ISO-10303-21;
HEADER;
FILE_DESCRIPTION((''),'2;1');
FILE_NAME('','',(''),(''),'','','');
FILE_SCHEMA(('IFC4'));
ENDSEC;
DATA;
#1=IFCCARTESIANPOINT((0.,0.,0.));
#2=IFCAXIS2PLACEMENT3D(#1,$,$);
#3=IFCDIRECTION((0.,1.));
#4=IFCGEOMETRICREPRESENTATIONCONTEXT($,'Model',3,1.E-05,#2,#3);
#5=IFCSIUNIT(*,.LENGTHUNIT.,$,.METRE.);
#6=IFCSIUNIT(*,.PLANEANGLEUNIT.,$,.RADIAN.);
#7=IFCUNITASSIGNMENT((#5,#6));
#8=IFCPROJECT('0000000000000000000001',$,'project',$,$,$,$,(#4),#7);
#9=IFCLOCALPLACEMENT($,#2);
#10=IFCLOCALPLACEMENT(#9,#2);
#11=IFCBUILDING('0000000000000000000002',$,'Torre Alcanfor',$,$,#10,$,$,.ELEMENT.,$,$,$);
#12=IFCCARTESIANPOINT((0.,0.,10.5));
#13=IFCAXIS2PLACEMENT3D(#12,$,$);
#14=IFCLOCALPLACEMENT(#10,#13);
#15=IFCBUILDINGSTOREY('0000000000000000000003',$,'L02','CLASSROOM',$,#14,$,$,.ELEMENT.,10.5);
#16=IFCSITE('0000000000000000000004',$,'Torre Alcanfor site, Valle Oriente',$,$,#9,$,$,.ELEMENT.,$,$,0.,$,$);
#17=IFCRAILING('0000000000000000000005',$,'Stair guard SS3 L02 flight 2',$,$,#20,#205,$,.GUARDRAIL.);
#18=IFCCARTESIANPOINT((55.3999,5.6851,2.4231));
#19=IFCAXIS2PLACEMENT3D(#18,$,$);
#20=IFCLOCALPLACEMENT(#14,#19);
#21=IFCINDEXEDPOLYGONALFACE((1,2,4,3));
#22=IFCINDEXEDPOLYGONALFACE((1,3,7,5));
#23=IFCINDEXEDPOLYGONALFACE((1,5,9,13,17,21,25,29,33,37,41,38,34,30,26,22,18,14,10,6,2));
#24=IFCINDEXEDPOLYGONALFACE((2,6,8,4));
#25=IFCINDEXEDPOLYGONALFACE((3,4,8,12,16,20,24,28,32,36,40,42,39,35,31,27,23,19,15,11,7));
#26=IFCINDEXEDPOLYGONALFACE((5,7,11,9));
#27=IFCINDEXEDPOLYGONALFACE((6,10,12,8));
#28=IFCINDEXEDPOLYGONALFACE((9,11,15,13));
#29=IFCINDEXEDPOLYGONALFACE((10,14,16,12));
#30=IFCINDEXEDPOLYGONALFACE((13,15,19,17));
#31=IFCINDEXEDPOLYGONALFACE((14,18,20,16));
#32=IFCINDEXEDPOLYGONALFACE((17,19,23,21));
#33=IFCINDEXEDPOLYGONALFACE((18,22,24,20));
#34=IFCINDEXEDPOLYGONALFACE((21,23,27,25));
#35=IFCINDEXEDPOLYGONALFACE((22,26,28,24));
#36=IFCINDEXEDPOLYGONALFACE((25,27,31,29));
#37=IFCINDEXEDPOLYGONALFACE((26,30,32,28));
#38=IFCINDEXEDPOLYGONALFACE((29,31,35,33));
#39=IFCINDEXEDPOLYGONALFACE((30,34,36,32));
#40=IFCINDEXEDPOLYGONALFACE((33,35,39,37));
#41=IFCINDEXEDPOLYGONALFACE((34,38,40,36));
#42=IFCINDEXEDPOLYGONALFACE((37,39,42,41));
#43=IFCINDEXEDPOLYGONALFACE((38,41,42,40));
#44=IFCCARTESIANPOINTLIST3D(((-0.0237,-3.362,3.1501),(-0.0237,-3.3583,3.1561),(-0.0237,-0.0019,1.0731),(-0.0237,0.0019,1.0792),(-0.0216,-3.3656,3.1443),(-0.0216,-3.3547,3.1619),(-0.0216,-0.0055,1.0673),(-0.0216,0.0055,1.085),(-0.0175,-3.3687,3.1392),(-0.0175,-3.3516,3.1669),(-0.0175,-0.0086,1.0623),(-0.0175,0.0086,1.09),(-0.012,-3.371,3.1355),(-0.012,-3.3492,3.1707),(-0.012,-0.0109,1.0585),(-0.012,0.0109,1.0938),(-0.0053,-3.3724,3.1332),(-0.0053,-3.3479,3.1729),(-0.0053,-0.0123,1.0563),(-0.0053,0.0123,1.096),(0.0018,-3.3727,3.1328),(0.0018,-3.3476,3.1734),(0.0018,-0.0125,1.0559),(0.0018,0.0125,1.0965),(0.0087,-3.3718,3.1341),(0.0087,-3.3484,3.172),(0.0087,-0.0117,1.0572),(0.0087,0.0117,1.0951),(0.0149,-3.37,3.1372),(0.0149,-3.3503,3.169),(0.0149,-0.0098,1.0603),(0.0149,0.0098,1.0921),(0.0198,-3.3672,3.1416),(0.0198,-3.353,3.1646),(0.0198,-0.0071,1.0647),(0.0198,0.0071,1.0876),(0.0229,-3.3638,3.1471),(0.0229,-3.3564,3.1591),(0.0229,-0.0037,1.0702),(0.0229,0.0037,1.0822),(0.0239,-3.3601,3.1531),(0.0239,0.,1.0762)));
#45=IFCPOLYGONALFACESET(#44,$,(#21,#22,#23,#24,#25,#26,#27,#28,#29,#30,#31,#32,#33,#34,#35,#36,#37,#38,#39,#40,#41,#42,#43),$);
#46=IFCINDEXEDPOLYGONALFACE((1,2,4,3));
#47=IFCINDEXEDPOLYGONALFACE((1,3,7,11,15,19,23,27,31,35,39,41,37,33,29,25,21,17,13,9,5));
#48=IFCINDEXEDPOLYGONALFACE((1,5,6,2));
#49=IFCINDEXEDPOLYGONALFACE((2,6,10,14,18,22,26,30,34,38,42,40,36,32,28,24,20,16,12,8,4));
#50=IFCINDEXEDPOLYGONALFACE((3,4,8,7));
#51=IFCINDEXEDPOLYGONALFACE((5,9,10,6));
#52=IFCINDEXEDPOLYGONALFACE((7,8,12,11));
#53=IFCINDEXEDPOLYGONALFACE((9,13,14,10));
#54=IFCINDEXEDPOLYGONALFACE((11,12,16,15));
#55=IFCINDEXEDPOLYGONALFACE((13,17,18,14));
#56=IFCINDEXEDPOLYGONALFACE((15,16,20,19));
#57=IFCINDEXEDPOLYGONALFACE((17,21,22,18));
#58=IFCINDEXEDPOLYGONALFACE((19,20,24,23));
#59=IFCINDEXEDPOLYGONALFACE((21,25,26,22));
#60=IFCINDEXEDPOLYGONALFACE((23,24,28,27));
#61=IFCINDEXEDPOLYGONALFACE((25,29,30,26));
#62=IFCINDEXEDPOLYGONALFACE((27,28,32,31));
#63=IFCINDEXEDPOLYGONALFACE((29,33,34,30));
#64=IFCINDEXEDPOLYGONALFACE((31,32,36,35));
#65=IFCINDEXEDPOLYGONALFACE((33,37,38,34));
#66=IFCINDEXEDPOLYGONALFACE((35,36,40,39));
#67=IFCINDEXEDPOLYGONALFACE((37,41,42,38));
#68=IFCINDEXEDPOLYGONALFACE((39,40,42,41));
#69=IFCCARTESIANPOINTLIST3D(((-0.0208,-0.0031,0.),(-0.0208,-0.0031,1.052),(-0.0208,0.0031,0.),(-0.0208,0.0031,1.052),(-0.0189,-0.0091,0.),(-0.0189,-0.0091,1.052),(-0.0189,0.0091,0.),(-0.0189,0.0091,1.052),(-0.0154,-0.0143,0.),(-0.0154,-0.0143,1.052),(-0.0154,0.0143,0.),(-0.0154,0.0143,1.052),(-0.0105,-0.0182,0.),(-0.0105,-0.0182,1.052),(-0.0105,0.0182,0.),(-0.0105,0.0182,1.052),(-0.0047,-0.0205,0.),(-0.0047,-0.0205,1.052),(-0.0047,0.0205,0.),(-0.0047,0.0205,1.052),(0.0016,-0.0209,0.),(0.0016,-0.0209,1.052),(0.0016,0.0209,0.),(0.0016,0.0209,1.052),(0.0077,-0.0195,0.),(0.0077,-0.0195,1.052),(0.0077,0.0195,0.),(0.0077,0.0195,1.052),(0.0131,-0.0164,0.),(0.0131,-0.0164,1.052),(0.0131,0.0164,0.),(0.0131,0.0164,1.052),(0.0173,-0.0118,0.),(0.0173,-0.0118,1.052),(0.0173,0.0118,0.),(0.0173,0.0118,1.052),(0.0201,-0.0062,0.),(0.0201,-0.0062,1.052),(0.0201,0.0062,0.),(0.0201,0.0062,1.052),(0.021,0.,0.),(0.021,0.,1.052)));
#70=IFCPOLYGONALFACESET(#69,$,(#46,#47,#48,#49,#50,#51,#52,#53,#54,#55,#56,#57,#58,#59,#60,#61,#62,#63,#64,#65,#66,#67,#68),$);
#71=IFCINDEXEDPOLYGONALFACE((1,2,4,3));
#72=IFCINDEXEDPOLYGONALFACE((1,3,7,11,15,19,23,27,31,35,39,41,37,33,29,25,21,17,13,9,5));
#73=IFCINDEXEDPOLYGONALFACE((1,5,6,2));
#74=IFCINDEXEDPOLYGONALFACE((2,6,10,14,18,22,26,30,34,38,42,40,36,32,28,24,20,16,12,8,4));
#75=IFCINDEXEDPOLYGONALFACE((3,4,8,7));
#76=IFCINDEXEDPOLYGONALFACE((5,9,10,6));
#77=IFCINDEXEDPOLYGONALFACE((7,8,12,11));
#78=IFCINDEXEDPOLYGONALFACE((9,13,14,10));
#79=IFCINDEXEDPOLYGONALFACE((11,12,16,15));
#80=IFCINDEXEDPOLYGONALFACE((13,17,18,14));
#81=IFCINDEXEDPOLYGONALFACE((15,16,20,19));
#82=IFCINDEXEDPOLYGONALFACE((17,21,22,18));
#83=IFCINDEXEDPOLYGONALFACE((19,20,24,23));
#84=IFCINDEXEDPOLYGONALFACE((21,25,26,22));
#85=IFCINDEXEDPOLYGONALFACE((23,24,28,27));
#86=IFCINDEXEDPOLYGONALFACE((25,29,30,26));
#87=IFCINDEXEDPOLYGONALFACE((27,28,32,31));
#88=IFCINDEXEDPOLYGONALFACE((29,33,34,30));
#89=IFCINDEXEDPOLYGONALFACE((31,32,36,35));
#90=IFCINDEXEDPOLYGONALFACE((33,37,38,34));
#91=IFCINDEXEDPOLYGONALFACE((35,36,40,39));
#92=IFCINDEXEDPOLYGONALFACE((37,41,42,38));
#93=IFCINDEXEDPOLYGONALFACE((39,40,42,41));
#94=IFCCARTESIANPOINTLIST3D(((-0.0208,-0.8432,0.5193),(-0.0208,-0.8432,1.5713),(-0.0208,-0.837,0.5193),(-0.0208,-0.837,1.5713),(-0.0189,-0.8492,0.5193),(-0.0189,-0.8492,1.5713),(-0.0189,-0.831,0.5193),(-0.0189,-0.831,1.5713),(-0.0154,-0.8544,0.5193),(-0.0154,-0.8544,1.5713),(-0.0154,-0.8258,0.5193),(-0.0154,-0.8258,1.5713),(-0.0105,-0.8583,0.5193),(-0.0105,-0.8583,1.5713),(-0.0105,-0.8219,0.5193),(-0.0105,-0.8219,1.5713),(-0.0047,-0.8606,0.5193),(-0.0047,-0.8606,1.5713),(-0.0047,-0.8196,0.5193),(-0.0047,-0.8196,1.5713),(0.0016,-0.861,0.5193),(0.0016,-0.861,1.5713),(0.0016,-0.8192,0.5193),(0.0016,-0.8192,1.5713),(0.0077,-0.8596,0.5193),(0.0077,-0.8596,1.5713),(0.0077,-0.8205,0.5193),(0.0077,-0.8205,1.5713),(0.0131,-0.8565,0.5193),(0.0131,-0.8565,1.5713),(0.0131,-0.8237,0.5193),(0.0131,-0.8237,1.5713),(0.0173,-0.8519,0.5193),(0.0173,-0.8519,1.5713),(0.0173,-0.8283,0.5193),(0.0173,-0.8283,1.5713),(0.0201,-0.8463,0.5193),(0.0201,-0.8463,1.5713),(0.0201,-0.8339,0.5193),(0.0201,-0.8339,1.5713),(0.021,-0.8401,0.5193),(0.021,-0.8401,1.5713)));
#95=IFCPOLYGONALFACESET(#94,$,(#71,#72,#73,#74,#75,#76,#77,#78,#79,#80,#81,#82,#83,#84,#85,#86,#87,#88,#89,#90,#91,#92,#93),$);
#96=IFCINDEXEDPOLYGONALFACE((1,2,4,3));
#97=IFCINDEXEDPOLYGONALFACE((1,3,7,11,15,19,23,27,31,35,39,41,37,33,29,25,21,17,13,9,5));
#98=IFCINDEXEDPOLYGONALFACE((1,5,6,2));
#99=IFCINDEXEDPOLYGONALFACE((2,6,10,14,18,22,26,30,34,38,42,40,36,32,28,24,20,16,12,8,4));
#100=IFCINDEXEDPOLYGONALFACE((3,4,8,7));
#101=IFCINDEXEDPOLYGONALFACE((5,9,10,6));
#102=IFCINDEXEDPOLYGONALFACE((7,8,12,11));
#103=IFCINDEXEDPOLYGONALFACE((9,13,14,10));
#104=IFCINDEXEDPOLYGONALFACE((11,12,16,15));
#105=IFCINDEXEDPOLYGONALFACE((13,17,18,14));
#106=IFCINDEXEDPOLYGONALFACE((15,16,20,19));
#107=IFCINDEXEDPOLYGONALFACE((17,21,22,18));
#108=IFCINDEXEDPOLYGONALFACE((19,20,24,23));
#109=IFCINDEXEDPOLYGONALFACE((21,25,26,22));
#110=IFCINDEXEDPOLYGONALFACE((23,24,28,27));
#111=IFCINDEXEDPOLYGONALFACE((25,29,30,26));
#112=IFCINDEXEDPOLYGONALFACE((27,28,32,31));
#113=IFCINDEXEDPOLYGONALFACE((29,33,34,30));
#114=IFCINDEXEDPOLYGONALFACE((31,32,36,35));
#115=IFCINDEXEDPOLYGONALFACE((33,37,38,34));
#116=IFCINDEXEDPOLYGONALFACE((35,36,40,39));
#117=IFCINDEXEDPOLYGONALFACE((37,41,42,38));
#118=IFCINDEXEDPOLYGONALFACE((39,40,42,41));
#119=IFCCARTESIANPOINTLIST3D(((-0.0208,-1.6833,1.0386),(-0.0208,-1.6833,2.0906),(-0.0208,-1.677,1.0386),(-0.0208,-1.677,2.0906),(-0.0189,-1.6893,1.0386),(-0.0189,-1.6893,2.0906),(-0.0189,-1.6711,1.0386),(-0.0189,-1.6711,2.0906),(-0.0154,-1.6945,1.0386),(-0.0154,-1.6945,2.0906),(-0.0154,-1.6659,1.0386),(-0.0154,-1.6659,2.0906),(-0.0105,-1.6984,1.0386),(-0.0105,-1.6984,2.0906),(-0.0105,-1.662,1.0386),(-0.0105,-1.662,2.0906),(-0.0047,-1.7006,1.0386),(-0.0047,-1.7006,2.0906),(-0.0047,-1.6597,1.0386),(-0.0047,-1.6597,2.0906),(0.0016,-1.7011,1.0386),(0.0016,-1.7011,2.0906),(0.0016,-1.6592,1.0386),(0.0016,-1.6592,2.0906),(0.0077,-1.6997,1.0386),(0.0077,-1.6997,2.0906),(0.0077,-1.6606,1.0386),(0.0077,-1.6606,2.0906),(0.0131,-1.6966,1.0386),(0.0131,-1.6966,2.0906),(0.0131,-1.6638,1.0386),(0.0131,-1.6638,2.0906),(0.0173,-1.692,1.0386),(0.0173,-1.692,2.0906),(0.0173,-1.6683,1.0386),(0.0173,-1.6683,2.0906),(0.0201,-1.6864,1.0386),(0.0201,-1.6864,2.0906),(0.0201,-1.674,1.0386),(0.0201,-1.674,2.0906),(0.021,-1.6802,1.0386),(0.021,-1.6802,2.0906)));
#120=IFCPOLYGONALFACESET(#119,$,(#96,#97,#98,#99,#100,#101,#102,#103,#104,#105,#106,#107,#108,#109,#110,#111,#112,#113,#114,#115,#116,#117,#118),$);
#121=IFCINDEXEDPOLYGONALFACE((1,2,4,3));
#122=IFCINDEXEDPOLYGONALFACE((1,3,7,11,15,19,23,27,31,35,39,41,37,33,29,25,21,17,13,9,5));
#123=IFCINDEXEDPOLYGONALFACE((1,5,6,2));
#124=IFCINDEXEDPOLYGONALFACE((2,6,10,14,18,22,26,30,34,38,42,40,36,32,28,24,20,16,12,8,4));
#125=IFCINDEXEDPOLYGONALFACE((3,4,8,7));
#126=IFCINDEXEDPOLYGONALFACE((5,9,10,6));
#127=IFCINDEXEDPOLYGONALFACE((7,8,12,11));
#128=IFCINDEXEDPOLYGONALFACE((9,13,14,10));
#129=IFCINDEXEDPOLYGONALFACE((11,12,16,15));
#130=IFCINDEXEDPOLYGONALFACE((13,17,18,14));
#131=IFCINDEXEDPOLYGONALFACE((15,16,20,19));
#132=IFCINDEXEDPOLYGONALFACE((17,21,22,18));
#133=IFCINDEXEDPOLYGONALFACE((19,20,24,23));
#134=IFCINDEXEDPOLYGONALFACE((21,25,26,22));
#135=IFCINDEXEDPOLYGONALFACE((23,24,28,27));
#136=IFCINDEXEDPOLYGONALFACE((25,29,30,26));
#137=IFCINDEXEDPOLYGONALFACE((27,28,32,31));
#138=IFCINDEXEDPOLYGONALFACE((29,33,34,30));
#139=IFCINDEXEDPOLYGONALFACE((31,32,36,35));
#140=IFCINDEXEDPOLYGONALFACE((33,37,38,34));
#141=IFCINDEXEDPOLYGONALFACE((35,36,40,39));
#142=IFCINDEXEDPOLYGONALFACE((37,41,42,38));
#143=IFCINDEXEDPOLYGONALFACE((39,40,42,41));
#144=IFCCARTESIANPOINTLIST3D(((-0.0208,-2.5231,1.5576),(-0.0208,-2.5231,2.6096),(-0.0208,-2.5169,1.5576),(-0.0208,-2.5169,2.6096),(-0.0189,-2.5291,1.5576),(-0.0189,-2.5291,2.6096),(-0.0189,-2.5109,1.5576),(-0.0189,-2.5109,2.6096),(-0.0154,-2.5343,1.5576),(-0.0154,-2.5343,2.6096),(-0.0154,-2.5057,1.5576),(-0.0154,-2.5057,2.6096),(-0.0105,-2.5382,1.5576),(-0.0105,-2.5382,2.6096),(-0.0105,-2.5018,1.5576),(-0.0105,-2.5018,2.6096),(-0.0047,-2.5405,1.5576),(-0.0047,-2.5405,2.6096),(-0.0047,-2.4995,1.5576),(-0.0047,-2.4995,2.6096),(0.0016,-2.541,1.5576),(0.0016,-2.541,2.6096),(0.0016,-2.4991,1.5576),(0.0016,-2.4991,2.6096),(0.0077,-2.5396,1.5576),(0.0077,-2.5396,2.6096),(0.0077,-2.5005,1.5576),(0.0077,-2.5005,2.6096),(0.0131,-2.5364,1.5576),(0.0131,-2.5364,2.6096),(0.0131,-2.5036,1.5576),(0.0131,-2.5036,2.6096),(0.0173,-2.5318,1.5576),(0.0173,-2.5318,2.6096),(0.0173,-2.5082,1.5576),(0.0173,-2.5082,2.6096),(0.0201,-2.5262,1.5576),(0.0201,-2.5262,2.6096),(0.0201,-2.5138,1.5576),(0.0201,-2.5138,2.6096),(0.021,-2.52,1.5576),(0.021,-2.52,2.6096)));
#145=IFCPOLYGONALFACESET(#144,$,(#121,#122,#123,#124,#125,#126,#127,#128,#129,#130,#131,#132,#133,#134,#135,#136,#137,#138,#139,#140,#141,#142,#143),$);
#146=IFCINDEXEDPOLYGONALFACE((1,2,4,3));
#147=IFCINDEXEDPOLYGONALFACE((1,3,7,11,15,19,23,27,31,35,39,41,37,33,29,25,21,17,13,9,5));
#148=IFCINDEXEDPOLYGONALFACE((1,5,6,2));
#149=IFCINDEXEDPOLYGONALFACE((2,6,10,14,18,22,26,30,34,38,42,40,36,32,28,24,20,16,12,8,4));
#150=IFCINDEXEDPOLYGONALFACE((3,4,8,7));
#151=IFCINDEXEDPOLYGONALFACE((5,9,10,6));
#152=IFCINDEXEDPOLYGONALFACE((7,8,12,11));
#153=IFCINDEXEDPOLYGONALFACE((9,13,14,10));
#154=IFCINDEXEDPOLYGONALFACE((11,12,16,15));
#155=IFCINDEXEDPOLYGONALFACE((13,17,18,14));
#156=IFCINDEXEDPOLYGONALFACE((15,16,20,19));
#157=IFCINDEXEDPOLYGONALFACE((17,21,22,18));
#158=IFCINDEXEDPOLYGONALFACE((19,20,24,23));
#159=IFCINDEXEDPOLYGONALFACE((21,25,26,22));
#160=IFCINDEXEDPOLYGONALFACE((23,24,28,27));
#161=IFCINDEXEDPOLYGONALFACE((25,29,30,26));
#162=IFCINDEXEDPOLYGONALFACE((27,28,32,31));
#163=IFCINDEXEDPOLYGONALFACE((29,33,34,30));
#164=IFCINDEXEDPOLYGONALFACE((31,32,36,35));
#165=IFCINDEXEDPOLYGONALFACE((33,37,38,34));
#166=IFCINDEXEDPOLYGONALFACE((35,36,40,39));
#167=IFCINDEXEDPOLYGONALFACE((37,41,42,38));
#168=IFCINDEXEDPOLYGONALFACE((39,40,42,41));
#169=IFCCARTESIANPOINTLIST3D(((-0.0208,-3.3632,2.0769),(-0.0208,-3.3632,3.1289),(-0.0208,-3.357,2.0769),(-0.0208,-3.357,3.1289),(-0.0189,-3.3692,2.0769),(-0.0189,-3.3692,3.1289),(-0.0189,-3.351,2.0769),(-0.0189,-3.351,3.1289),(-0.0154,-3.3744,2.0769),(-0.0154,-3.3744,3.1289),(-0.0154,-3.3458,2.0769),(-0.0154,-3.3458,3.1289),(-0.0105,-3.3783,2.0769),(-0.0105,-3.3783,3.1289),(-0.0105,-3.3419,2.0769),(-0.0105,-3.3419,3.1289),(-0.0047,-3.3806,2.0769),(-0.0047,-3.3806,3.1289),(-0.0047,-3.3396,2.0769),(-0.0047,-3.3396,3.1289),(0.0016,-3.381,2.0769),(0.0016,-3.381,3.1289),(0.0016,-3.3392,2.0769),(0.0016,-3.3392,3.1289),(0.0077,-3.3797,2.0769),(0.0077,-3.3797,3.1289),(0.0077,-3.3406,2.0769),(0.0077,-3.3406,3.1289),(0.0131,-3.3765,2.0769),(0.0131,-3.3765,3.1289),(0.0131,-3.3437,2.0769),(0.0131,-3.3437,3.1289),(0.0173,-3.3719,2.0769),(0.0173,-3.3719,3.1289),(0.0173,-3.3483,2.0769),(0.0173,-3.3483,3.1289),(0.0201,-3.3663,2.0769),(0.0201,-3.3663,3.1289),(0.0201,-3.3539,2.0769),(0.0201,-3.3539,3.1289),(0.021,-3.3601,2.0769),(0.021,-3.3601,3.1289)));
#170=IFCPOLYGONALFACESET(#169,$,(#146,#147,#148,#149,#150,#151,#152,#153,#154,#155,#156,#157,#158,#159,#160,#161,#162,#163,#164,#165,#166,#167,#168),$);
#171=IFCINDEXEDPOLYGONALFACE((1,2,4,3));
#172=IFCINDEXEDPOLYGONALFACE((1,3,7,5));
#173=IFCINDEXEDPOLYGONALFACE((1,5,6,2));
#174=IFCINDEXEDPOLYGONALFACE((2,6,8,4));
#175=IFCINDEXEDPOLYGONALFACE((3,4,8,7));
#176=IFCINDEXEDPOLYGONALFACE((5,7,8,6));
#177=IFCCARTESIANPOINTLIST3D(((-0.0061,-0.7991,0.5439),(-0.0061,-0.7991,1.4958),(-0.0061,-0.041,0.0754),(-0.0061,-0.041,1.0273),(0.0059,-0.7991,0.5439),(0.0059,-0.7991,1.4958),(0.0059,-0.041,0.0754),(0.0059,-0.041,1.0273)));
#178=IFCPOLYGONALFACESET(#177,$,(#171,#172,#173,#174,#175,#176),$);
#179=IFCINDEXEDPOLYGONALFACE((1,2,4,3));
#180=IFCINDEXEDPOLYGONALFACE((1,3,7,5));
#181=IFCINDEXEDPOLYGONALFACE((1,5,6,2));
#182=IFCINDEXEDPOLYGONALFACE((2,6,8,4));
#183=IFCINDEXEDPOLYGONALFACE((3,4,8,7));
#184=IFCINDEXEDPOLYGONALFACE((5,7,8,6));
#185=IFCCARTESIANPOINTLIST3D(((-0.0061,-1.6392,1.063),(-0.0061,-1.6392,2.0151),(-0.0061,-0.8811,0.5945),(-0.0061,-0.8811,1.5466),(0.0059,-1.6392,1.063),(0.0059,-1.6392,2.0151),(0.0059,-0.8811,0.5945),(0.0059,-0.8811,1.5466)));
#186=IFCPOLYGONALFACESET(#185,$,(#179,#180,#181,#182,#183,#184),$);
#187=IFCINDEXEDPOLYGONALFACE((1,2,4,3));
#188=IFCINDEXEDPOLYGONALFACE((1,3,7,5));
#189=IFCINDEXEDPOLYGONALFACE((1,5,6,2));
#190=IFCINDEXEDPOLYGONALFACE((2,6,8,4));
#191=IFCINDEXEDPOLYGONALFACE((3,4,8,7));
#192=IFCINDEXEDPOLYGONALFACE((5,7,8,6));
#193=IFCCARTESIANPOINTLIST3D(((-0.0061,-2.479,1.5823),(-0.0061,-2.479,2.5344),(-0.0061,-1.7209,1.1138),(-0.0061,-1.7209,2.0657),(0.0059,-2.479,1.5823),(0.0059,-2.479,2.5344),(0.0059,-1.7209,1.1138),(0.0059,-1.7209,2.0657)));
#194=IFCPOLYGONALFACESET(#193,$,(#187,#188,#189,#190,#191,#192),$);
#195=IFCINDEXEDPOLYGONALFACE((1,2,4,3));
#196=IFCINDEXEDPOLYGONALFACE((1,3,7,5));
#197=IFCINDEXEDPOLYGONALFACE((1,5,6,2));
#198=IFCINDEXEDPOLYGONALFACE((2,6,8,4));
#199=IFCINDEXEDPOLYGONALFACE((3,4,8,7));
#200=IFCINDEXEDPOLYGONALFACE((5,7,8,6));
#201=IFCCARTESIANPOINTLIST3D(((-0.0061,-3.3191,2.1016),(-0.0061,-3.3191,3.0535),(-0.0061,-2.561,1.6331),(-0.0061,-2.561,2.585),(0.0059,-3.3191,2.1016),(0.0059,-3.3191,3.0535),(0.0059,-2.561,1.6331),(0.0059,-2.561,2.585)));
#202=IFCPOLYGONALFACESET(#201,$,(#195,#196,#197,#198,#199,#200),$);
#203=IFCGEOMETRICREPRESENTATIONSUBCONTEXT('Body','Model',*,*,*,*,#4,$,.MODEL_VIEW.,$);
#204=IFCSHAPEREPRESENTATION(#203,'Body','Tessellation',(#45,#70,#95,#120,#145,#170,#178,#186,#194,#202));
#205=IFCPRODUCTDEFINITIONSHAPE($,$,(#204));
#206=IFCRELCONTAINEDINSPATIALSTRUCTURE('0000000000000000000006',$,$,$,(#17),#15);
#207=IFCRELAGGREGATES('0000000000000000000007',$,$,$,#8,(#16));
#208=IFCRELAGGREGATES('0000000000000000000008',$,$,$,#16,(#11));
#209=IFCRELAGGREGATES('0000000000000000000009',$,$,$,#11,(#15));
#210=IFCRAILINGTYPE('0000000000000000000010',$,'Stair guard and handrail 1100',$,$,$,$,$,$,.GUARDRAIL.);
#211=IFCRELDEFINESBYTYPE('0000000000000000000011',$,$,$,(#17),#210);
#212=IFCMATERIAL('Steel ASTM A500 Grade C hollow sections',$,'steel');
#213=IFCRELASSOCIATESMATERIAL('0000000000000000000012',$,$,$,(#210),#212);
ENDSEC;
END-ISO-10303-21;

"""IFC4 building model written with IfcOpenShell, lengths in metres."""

from ifc_helpers import new_model, si_unit, direction, frame, origin, origin_2d, place, context, subcontext, project, spatial, polyline, circle, outline, extrude, material, type_object, element, save


model = new_model("IFC4")

# Units and contexts
model_context = context("Model", 3, precision=1e-05, world=origin(), true_north=direction((0.0, 1.0)))
body_context = subcontext(model_context, "Body", "Model", "MODEL_VIEW")
ifc_project = project(units=[si_unit("LENGTHUNIT", "METRE"), si_unit("PLANEANGLEUNIT", "RADIAN")], contexts=[model_context])

# Site, building, storey
site_placement = place(None, origin())
site = spatial("IfcSite", under=ifc_project, at=site_placement, Name="Torre Alcanfor site, Valle Oriente", CompositionType="ELEMENT", RefElevation=0.0)
building_placement = place(site_placement, origin())
building = spatial("IfcBuilding", under=site, at=building_placement, Name="Torre Alcanfor", CompositionType="ELEMENT")
storey_placement = place(building_placement, frame((0.0, 0.0, 10.5)))
storey = spatial("IfcBuildingStorey", under=building, at=storey_placement, Name="L02", Description="CLASSROOM", CompositionType="ELEMENT", Elevation=10.5)

# Railing
ifc_material_1 = material(Name="Steel ASTM A500 Grade C hollow sections", Category="steel")
railing_type_1 = type_object("IfcRailingType", Name="Stair guard and handrail 1100", PredefinedType="GUARDRAIL", material=ifc_material_1)
railing_1_placement = place(storey_placement, frame((55.3999, 5.6851, 2.4231)))
element("IfcRailing", 1, at=railing_1_placement, inside=storey, type_object=railing_type_1, Name="Stair guard SS3 L02 flight 2", PredefinedType="GUARDRAIL", context=body_context, shape_type="SweptSolid", body=[
    extrude(circle(Radius=0.0239, at=origin_2d()), frame((0.0, 0.0, 1.0762), z_axis=(0.0, -0.850623, 0.525776), x_axis=(1.0, 0.0, 0.0)), (0.0, 0.0, 1.0), 3.9502),
    extrude(circle(Radius=0.021, at=origin_2d()), origin(), (0.0, 0.0, 1.0), 1.052),
    extrude(circle(Radius=0.021, at=origin_2d()), frame((0.0, -0.8401, 0.5193)), (0.0, 0.0, 1.0), 1.052),
    extrude(circle(Radius=0.021, at=origin_2d()), frame((0.0, -1.6802, 1.0386)), (0.0, 0.0, 1.0), 1.052),
    extrude(circle(Radius=0.021, at=origin_2d()), frame((0.0, -2.52, 1.5576)), (0.0, 0.0, 1.0), 1.052),
    extrude(circle(Radius=0.021, at=origin_2d()), frame((0.0, -3.3601, 2.0769)), (0.0, 0.0, 1.0), 1.052),
    extrude(outline(polyline([(0.041, 0.0754), (0.7991, 0.5439), (0.7991, 1.4958), (0.041, 1.0273), (0.041, 0.0754)])), frame((0.0059, 0.0, 0.0), z_axis=(-1.0, 0.0, 0.0), x_axis=(0.0, -1.0, 0.0)), (0.0, 0.0, 1.0), 0.012),
    extrude(outline(polyline([(0.8811, 0.5945), (1.6392, 1.063), (1.6392, 2.0151), (0.8811, 1.5466), (0.8811, 0.5945)])), frame((0.0059, 0.0, 0.0), z_axis=(-1.0, 0.0, 0.0), x_axis=(0.0, -1.0, 0.0)), (0.0, 0.0, 1.0), 0.012),
    extrude(outline(polyline([(1.7209, 1.1138), (2.479, 1.5823), (2.479, 2.5344), (1.7209, 2.0657), (1.7209, 1.1138)])), frame((0.0059, 0.0, 0.0), z_axis=(-1.0, 0.0, 0.0), x_axis=(0.0, -1.0, 0.0)), (0.0, 0.0, 1.0), 0.012),
    extrude(outline(polyline([(2.561, 1.6331), (3.3191, 2.1016), (3.3191, 3.0535), (2.561, 2.585), (2.561, 1.6331)])), frame((0.0059, 0.0, 0.0), z_axis=(-1.0, 0.0, 0.0), x_axis=(0.0, -1.0, 0.0)), (0.0, 0.0, 1.0), 0.012),
])

save(model, "model.ifc")
